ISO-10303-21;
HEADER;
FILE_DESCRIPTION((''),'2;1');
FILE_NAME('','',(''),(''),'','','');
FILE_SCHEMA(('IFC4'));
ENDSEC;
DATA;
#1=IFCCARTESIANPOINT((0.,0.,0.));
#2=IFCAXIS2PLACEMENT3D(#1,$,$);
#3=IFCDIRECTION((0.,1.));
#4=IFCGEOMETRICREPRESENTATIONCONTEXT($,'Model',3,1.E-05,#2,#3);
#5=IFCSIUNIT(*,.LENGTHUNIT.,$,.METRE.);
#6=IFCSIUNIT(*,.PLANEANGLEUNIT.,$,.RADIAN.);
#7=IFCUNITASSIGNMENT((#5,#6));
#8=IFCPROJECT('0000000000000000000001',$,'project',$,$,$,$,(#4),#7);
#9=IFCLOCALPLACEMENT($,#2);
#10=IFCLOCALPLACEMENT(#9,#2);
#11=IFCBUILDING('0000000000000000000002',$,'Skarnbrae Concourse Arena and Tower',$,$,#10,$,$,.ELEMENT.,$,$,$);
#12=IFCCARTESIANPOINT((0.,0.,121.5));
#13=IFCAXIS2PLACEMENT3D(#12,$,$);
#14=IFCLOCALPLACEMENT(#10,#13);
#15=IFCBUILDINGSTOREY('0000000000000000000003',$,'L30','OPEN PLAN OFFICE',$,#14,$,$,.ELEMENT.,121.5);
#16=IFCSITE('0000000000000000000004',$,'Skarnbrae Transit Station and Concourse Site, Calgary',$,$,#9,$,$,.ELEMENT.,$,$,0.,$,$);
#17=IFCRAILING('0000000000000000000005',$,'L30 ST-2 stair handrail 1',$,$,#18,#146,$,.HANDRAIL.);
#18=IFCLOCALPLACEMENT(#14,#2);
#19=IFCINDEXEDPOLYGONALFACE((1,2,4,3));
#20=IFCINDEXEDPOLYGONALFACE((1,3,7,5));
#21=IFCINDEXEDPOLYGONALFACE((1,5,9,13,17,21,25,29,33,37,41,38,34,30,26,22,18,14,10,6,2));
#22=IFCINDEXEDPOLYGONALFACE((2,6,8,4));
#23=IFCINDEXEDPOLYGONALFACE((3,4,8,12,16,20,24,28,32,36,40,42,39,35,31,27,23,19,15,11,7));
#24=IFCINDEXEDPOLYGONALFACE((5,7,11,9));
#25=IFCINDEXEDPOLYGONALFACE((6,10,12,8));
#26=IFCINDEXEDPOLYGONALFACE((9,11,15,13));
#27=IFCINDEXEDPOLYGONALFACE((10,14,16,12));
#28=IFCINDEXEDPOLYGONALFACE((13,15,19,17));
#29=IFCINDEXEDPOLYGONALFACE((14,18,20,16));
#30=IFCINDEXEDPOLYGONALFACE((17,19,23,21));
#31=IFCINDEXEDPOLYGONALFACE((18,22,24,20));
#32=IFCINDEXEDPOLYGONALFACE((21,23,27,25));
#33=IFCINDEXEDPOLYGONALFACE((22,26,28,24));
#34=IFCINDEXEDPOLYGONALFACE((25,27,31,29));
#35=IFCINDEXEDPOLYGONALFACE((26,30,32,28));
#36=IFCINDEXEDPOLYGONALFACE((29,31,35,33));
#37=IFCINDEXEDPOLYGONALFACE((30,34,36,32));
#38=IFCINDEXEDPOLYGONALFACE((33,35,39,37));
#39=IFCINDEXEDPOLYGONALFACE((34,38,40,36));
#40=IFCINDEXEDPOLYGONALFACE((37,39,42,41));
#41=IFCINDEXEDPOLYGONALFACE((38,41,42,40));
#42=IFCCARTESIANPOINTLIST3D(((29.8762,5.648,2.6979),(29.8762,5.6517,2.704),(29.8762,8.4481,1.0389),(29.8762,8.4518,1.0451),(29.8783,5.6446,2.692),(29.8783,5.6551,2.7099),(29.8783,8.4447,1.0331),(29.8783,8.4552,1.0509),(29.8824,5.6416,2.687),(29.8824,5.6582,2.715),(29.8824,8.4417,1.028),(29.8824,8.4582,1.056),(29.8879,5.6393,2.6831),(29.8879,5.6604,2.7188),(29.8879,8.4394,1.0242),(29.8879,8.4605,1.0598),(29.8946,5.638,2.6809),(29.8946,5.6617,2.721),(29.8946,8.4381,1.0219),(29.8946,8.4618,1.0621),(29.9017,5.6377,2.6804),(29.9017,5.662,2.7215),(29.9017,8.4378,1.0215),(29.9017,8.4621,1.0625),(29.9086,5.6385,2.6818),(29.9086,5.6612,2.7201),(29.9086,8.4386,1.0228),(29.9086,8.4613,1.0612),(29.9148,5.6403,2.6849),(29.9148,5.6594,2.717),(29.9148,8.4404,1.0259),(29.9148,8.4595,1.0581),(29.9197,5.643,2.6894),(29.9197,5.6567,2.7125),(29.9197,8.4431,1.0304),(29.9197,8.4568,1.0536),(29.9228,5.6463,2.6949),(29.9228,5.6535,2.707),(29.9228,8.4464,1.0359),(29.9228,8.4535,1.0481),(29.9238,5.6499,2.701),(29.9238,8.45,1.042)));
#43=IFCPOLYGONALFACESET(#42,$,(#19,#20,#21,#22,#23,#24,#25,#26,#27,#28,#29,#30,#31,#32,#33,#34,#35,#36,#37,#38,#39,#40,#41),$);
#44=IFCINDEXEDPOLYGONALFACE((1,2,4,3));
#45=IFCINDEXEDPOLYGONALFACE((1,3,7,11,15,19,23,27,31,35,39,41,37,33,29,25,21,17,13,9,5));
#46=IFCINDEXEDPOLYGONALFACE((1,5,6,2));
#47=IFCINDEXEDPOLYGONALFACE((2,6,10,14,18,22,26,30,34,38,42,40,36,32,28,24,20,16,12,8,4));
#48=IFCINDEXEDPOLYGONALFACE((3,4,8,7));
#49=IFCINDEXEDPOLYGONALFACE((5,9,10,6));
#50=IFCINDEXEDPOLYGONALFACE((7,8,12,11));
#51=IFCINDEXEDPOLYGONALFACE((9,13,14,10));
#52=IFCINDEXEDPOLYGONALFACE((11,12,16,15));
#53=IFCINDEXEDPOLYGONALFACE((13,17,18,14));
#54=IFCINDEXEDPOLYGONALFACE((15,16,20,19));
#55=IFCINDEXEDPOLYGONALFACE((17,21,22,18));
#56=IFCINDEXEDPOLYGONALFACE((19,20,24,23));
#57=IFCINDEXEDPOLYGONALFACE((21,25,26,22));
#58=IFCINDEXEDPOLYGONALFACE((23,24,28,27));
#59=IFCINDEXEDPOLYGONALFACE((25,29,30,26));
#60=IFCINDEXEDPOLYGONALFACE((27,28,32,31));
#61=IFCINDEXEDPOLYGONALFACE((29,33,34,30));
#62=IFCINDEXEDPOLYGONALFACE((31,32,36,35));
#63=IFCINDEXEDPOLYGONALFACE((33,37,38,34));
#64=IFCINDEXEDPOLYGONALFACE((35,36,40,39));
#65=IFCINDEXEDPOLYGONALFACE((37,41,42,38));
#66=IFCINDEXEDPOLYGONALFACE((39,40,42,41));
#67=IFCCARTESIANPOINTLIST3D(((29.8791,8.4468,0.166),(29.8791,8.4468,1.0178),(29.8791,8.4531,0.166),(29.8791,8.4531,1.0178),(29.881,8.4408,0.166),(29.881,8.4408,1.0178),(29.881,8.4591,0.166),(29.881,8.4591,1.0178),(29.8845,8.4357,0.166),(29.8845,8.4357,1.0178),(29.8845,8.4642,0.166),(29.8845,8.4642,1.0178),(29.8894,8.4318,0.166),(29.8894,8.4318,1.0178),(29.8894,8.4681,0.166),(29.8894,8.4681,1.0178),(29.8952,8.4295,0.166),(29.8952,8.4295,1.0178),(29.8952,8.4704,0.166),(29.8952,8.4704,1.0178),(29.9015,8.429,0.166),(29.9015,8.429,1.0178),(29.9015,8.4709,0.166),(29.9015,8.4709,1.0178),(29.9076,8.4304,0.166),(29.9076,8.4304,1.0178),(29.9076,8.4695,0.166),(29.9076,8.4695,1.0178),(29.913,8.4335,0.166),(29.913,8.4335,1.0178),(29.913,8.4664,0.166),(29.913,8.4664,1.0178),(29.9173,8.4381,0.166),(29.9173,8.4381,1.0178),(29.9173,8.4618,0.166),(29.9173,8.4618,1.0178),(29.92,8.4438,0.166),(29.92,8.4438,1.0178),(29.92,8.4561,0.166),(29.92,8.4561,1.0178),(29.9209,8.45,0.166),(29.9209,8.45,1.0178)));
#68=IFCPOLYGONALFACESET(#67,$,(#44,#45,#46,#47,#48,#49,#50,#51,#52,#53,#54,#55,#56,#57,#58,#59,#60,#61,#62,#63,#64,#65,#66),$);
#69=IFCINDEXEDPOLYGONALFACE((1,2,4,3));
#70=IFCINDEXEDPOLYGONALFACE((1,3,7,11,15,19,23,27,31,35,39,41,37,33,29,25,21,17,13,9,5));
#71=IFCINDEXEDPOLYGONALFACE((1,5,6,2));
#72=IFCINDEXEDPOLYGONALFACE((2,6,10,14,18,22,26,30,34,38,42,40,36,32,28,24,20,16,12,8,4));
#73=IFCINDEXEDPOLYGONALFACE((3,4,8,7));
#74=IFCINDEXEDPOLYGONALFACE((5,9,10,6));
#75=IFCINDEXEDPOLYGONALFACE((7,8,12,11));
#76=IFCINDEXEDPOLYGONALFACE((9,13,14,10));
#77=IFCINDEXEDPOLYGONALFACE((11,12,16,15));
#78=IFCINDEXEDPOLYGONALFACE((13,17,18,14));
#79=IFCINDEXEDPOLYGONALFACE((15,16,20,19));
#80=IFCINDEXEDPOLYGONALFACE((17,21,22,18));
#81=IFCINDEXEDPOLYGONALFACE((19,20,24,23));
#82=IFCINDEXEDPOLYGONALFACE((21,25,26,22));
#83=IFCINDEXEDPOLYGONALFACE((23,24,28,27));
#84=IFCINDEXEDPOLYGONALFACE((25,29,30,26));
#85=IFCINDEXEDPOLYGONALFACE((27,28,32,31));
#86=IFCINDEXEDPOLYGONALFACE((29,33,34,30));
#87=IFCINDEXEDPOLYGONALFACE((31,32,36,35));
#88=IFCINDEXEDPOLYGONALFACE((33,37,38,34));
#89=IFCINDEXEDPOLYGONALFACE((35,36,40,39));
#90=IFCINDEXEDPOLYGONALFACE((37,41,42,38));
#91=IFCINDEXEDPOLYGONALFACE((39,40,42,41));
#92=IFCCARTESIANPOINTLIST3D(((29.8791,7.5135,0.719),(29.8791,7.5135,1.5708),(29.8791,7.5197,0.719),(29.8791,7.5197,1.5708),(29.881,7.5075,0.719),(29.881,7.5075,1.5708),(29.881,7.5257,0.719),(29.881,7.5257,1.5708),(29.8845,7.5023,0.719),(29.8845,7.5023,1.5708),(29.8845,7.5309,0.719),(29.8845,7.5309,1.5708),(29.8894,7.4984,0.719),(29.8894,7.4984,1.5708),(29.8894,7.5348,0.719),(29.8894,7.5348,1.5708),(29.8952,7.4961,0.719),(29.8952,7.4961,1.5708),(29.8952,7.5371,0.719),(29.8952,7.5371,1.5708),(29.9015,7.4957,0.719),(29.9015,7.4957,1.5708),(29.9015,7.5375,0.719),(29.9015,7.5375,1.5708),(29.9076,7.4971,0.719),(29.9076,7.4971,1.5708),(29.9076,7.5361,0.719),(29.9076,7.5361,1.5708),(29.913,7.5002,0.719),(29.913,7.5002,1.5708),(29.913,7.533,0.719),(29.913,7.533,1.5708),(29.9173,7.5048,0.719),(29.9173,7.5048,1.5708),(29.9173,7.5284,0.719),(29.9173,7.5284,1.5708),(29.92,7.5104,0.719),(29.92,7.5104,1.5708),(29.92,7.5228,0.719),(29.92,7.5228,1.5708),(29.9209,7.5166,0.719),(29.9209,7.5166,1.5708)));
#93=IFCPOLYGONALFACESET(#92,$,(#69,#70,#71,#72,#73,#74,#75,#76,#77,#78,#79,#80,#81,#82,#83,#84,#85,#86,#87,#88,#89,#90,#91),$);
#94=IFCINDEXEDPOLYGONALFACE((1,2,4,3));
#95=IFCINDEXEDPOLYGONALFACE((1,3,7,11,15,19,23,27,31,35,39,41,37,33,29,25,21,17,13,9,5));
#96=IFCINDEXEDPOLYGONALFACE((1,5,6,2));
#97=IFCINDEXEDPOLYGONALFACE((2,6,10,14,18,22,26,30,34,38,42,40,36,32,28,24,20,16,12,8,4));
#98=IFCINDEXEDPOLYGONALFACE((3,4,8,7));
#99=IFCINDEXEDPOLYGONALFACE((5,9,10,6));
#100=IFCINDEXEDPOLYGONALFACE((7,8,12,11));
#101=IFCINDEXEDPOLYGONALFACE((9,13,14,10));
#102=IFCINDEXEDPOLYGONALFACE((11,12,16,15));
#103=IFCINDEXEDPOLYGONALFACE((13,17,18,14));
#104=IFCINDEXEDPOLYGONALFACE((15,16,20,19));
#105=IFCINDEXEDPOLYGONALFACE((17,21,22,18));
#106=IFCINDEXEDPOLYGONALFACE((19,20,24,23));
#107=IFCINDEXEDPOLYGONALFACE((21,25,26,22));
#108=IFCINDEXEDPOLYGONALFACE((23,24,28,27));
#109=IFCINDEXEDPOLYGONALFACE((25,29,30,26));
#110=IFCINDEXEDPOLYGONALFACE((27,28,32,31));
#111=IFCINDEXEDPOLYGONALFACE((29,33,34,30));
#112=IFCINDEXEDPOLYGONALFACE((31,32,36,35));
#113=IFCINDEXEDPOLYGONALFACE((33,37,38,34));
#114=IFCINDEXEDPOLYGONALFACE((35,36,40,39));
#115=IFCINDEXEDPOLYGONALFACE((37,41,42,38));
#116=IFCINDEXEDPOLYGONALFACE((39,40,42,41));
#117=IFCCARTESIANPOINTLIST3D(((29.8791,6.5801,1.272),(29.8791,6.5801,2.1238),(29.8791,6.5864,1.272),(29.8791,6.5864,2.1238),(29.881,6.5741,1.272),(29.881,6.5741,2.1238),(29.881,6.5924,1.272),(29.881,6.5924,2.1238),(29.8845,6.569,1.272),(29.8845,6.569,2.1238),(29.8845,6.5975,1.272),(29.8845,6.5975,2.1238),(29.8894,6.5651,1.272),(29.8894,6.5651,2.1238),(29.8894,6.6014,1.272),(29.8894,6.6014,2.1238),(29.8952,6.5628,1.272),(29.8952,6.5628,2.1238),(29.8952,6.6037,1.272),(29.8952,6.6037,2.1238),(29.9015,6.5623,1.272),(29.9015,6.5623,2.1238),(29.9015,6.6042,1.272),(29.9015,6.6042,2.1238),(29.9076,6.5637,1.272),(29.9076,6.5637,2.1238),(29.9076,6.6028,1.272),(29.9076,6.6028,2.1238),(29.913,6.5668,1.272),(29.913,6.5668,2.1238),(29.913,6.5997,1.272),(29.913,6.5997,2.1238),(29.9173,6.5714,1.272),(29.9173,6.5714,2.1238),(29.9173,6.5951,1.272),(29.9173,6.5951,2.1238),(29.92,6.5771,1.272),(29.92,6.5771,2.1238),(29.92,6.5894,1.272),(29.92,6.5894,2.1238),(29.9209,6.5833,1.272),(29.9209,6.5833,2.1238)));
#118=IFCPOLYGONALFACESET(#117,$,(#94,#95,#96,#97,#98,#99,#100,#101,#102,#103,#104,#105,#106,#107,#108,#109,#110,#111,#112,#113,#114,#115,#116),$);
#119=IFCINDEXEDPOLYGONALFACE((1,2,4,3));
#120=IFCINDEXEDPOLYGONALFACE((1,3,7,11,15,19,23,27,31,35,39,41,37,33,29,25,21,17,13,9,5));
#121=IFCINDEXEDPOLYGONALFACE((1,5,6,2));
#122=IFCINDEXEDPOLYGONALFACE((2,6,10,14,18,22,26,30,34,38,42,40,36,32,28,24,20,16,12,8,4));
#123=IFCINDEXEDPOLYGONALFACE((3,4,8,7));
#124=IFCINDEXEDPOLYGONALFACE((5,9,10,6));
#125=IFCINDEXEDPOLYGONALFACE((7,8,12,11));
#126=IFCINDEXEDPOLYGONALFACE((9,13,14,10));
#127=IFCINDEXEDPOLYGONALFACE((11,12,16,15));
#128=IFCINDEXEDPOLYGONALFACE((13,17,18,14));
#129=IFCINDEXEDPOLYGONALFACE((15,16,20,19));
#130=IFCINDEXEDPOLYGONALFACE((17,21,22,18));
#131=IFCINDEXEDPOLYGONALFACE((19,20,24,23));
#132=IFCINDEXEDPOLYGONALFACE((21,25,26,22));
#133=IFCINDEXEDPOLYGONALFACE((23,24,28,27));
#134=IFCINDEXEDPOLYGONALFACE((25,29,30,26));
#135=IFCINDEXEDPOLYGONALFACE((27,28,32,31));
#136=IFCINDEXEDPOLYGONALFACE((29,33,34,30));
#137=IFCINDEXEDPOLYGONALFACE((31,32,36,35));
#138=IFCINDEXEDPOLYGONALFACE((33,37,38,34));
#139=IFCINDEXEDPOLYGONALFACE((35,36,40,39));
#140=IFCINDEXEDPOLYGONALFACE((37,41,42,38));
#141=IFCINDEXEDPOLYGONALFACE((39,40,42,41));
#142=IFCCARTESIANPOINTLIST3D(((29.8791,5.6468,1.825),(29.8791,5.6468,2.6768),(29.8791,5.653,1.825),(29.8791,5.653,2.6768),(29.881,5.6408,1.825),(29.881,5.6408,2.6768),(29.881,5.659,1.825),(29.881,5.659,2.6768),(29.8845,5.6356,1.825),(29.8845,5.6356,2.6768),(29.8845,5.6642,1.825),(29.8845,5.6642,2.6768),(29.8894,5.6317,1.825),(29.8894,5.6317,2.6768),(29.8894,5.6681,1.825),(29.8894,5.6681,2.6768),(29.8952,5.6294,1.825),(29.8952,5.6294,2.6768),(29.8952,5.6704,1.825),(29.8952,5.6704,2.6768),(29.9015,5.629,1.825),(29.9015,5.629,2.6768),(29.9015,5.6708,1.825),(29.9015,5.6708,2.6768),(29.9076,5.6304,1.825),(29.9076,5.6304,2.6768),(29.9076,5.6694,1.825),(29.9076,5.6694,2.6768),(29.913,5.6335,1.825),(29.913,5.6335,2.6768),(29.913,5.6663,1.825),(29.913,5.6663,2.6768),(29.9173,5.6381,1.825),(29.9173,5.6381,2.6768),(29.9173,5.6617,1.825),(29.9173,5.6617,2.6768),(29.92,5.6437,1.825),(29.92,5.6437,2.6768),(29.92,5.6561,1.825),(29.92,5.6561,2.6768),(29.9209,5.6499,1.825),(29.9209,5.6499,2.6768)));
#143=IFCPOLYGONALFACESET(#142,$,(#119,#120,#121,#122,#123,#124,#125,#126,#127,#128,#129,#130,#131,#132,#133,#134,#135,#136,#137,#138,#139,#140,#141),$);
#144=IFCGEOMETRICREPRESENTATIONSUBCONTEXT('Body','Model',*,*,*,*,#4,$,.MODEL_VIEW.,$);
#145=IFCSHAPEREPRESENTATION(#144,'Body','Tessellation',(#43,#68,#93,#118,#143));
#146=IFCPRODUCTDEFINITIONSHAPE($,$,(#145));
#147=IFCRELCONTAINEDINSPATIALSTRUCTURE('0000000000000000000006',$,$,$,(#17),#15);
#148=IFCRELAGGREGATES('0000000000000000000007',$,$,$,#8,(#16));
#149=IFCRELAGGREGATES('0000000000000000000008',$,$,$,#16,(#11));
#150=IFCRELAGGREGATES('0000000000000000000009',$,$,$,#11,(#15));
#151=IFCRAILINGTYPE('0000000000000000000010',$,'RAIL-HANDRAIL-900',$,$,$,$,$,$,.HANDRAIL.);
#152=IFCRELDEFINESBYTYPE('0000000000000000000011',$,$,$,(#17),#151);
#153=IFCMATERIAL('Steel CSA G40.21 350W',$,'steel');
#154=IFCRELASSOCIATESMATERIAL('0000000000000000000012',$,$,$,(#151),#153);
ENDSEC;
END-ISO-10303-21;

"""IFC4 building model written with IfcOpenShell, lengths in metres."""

from ifc_helpers import new_model, si_unit, direction, frame, origin, origin_2d, place, context, subcontext, project, spatial, circle, extrude, material, type_object, element, save


model = new_model("IFC4")

# Units and contexts
model_context = context("Model", 3, precision=1e-05, world=origin(), true_north=direction((0.0, 1.0)))
body_context = subcontext(model_context, "Body", "Model", "MODEL_VIEW")
ifc_project = project(units=[si_unit("LENGTHUNIT", "METRE"), si_unit("PLANEANGLEUNIT", "RADIAN")], contexts=[model_context])

# Site, building, storey
site_placement = place(None, origin())
site = spatial("IfcSite", under=ifc_project, at=site_placement, Name="Skarnbrae Transit Station and Concourse Site, Calgary", CompositionType="ELEMENT", RefElevation=0.0)
building_placement = place(site_placement, origin())
building = spatial("IfcBuilding", under=site, at=building_placement, Name="Skarnbrae Concourse Arena and Tower", CompositionType="ELEMENT")
storey_placement = place(building_placement, frame((0.0, 0.0, 121.5)))
storey = spatial("IfcBuildingStorey", under=building, at=storey_placement, Name="L30", Description="OPEN PLAN OFFICE", CompositionType="ELEMENT", Elevation=121.5)

# Shared definitions
ifc_material_1 = material(Name="Steel CSA G40.21 350W", Category="steel")

# Railing
railing_type_1 = type_object("IfcRailingType", Name="RAIL-HANDRAIL-900", PredefinedType="HANDRAIL", material=ifc_material_1)
railing_1_placement = place(storey_placement, frame((29.8999, 8.45, 0.166)))
element("IfcRailing", 1, at=railing_1_placement, inside=storey, type_object=railing_type_1, Name="L30 ST-2 stair handrail 1", PredefinedType="HANDRAIL", context=body_context, shape_type="SweptSolid", body=[
    extrude(circle(Radius=0.0239, at=origin_2d()), frame((0.0, 0.0, 0.876), z_axis=(0.0, -0.860339, 0.509722), x_axis=(1.0, 0.0, 0.0)), (0.0, 0.0, 1.0), 3.2546),
    extrude(circle(Radius=0.021, at=origin_2d()), origin(), (0.0, 0.0, 1.0), 0.8518),
    extrude(circle(Radius=0.021, at=origin_2d()), frame((0.0, -0.9333, 0.553)), (0.0, 0.0, 1.0), 0.8518),
    extrude(circle(Radius=0.021, at=origin_2d()), frame((0.0, -1.8667, 1.106)), (0.0, 0.0, 1.0), 0.8518),
    extrude(circle(Radius=0.021, at=origin_2d()), frame((0.0, -2.8, 1.6589)), (0.0, 0.0, 1.0), 0.8518),
])

save(model, "model.ifc")
